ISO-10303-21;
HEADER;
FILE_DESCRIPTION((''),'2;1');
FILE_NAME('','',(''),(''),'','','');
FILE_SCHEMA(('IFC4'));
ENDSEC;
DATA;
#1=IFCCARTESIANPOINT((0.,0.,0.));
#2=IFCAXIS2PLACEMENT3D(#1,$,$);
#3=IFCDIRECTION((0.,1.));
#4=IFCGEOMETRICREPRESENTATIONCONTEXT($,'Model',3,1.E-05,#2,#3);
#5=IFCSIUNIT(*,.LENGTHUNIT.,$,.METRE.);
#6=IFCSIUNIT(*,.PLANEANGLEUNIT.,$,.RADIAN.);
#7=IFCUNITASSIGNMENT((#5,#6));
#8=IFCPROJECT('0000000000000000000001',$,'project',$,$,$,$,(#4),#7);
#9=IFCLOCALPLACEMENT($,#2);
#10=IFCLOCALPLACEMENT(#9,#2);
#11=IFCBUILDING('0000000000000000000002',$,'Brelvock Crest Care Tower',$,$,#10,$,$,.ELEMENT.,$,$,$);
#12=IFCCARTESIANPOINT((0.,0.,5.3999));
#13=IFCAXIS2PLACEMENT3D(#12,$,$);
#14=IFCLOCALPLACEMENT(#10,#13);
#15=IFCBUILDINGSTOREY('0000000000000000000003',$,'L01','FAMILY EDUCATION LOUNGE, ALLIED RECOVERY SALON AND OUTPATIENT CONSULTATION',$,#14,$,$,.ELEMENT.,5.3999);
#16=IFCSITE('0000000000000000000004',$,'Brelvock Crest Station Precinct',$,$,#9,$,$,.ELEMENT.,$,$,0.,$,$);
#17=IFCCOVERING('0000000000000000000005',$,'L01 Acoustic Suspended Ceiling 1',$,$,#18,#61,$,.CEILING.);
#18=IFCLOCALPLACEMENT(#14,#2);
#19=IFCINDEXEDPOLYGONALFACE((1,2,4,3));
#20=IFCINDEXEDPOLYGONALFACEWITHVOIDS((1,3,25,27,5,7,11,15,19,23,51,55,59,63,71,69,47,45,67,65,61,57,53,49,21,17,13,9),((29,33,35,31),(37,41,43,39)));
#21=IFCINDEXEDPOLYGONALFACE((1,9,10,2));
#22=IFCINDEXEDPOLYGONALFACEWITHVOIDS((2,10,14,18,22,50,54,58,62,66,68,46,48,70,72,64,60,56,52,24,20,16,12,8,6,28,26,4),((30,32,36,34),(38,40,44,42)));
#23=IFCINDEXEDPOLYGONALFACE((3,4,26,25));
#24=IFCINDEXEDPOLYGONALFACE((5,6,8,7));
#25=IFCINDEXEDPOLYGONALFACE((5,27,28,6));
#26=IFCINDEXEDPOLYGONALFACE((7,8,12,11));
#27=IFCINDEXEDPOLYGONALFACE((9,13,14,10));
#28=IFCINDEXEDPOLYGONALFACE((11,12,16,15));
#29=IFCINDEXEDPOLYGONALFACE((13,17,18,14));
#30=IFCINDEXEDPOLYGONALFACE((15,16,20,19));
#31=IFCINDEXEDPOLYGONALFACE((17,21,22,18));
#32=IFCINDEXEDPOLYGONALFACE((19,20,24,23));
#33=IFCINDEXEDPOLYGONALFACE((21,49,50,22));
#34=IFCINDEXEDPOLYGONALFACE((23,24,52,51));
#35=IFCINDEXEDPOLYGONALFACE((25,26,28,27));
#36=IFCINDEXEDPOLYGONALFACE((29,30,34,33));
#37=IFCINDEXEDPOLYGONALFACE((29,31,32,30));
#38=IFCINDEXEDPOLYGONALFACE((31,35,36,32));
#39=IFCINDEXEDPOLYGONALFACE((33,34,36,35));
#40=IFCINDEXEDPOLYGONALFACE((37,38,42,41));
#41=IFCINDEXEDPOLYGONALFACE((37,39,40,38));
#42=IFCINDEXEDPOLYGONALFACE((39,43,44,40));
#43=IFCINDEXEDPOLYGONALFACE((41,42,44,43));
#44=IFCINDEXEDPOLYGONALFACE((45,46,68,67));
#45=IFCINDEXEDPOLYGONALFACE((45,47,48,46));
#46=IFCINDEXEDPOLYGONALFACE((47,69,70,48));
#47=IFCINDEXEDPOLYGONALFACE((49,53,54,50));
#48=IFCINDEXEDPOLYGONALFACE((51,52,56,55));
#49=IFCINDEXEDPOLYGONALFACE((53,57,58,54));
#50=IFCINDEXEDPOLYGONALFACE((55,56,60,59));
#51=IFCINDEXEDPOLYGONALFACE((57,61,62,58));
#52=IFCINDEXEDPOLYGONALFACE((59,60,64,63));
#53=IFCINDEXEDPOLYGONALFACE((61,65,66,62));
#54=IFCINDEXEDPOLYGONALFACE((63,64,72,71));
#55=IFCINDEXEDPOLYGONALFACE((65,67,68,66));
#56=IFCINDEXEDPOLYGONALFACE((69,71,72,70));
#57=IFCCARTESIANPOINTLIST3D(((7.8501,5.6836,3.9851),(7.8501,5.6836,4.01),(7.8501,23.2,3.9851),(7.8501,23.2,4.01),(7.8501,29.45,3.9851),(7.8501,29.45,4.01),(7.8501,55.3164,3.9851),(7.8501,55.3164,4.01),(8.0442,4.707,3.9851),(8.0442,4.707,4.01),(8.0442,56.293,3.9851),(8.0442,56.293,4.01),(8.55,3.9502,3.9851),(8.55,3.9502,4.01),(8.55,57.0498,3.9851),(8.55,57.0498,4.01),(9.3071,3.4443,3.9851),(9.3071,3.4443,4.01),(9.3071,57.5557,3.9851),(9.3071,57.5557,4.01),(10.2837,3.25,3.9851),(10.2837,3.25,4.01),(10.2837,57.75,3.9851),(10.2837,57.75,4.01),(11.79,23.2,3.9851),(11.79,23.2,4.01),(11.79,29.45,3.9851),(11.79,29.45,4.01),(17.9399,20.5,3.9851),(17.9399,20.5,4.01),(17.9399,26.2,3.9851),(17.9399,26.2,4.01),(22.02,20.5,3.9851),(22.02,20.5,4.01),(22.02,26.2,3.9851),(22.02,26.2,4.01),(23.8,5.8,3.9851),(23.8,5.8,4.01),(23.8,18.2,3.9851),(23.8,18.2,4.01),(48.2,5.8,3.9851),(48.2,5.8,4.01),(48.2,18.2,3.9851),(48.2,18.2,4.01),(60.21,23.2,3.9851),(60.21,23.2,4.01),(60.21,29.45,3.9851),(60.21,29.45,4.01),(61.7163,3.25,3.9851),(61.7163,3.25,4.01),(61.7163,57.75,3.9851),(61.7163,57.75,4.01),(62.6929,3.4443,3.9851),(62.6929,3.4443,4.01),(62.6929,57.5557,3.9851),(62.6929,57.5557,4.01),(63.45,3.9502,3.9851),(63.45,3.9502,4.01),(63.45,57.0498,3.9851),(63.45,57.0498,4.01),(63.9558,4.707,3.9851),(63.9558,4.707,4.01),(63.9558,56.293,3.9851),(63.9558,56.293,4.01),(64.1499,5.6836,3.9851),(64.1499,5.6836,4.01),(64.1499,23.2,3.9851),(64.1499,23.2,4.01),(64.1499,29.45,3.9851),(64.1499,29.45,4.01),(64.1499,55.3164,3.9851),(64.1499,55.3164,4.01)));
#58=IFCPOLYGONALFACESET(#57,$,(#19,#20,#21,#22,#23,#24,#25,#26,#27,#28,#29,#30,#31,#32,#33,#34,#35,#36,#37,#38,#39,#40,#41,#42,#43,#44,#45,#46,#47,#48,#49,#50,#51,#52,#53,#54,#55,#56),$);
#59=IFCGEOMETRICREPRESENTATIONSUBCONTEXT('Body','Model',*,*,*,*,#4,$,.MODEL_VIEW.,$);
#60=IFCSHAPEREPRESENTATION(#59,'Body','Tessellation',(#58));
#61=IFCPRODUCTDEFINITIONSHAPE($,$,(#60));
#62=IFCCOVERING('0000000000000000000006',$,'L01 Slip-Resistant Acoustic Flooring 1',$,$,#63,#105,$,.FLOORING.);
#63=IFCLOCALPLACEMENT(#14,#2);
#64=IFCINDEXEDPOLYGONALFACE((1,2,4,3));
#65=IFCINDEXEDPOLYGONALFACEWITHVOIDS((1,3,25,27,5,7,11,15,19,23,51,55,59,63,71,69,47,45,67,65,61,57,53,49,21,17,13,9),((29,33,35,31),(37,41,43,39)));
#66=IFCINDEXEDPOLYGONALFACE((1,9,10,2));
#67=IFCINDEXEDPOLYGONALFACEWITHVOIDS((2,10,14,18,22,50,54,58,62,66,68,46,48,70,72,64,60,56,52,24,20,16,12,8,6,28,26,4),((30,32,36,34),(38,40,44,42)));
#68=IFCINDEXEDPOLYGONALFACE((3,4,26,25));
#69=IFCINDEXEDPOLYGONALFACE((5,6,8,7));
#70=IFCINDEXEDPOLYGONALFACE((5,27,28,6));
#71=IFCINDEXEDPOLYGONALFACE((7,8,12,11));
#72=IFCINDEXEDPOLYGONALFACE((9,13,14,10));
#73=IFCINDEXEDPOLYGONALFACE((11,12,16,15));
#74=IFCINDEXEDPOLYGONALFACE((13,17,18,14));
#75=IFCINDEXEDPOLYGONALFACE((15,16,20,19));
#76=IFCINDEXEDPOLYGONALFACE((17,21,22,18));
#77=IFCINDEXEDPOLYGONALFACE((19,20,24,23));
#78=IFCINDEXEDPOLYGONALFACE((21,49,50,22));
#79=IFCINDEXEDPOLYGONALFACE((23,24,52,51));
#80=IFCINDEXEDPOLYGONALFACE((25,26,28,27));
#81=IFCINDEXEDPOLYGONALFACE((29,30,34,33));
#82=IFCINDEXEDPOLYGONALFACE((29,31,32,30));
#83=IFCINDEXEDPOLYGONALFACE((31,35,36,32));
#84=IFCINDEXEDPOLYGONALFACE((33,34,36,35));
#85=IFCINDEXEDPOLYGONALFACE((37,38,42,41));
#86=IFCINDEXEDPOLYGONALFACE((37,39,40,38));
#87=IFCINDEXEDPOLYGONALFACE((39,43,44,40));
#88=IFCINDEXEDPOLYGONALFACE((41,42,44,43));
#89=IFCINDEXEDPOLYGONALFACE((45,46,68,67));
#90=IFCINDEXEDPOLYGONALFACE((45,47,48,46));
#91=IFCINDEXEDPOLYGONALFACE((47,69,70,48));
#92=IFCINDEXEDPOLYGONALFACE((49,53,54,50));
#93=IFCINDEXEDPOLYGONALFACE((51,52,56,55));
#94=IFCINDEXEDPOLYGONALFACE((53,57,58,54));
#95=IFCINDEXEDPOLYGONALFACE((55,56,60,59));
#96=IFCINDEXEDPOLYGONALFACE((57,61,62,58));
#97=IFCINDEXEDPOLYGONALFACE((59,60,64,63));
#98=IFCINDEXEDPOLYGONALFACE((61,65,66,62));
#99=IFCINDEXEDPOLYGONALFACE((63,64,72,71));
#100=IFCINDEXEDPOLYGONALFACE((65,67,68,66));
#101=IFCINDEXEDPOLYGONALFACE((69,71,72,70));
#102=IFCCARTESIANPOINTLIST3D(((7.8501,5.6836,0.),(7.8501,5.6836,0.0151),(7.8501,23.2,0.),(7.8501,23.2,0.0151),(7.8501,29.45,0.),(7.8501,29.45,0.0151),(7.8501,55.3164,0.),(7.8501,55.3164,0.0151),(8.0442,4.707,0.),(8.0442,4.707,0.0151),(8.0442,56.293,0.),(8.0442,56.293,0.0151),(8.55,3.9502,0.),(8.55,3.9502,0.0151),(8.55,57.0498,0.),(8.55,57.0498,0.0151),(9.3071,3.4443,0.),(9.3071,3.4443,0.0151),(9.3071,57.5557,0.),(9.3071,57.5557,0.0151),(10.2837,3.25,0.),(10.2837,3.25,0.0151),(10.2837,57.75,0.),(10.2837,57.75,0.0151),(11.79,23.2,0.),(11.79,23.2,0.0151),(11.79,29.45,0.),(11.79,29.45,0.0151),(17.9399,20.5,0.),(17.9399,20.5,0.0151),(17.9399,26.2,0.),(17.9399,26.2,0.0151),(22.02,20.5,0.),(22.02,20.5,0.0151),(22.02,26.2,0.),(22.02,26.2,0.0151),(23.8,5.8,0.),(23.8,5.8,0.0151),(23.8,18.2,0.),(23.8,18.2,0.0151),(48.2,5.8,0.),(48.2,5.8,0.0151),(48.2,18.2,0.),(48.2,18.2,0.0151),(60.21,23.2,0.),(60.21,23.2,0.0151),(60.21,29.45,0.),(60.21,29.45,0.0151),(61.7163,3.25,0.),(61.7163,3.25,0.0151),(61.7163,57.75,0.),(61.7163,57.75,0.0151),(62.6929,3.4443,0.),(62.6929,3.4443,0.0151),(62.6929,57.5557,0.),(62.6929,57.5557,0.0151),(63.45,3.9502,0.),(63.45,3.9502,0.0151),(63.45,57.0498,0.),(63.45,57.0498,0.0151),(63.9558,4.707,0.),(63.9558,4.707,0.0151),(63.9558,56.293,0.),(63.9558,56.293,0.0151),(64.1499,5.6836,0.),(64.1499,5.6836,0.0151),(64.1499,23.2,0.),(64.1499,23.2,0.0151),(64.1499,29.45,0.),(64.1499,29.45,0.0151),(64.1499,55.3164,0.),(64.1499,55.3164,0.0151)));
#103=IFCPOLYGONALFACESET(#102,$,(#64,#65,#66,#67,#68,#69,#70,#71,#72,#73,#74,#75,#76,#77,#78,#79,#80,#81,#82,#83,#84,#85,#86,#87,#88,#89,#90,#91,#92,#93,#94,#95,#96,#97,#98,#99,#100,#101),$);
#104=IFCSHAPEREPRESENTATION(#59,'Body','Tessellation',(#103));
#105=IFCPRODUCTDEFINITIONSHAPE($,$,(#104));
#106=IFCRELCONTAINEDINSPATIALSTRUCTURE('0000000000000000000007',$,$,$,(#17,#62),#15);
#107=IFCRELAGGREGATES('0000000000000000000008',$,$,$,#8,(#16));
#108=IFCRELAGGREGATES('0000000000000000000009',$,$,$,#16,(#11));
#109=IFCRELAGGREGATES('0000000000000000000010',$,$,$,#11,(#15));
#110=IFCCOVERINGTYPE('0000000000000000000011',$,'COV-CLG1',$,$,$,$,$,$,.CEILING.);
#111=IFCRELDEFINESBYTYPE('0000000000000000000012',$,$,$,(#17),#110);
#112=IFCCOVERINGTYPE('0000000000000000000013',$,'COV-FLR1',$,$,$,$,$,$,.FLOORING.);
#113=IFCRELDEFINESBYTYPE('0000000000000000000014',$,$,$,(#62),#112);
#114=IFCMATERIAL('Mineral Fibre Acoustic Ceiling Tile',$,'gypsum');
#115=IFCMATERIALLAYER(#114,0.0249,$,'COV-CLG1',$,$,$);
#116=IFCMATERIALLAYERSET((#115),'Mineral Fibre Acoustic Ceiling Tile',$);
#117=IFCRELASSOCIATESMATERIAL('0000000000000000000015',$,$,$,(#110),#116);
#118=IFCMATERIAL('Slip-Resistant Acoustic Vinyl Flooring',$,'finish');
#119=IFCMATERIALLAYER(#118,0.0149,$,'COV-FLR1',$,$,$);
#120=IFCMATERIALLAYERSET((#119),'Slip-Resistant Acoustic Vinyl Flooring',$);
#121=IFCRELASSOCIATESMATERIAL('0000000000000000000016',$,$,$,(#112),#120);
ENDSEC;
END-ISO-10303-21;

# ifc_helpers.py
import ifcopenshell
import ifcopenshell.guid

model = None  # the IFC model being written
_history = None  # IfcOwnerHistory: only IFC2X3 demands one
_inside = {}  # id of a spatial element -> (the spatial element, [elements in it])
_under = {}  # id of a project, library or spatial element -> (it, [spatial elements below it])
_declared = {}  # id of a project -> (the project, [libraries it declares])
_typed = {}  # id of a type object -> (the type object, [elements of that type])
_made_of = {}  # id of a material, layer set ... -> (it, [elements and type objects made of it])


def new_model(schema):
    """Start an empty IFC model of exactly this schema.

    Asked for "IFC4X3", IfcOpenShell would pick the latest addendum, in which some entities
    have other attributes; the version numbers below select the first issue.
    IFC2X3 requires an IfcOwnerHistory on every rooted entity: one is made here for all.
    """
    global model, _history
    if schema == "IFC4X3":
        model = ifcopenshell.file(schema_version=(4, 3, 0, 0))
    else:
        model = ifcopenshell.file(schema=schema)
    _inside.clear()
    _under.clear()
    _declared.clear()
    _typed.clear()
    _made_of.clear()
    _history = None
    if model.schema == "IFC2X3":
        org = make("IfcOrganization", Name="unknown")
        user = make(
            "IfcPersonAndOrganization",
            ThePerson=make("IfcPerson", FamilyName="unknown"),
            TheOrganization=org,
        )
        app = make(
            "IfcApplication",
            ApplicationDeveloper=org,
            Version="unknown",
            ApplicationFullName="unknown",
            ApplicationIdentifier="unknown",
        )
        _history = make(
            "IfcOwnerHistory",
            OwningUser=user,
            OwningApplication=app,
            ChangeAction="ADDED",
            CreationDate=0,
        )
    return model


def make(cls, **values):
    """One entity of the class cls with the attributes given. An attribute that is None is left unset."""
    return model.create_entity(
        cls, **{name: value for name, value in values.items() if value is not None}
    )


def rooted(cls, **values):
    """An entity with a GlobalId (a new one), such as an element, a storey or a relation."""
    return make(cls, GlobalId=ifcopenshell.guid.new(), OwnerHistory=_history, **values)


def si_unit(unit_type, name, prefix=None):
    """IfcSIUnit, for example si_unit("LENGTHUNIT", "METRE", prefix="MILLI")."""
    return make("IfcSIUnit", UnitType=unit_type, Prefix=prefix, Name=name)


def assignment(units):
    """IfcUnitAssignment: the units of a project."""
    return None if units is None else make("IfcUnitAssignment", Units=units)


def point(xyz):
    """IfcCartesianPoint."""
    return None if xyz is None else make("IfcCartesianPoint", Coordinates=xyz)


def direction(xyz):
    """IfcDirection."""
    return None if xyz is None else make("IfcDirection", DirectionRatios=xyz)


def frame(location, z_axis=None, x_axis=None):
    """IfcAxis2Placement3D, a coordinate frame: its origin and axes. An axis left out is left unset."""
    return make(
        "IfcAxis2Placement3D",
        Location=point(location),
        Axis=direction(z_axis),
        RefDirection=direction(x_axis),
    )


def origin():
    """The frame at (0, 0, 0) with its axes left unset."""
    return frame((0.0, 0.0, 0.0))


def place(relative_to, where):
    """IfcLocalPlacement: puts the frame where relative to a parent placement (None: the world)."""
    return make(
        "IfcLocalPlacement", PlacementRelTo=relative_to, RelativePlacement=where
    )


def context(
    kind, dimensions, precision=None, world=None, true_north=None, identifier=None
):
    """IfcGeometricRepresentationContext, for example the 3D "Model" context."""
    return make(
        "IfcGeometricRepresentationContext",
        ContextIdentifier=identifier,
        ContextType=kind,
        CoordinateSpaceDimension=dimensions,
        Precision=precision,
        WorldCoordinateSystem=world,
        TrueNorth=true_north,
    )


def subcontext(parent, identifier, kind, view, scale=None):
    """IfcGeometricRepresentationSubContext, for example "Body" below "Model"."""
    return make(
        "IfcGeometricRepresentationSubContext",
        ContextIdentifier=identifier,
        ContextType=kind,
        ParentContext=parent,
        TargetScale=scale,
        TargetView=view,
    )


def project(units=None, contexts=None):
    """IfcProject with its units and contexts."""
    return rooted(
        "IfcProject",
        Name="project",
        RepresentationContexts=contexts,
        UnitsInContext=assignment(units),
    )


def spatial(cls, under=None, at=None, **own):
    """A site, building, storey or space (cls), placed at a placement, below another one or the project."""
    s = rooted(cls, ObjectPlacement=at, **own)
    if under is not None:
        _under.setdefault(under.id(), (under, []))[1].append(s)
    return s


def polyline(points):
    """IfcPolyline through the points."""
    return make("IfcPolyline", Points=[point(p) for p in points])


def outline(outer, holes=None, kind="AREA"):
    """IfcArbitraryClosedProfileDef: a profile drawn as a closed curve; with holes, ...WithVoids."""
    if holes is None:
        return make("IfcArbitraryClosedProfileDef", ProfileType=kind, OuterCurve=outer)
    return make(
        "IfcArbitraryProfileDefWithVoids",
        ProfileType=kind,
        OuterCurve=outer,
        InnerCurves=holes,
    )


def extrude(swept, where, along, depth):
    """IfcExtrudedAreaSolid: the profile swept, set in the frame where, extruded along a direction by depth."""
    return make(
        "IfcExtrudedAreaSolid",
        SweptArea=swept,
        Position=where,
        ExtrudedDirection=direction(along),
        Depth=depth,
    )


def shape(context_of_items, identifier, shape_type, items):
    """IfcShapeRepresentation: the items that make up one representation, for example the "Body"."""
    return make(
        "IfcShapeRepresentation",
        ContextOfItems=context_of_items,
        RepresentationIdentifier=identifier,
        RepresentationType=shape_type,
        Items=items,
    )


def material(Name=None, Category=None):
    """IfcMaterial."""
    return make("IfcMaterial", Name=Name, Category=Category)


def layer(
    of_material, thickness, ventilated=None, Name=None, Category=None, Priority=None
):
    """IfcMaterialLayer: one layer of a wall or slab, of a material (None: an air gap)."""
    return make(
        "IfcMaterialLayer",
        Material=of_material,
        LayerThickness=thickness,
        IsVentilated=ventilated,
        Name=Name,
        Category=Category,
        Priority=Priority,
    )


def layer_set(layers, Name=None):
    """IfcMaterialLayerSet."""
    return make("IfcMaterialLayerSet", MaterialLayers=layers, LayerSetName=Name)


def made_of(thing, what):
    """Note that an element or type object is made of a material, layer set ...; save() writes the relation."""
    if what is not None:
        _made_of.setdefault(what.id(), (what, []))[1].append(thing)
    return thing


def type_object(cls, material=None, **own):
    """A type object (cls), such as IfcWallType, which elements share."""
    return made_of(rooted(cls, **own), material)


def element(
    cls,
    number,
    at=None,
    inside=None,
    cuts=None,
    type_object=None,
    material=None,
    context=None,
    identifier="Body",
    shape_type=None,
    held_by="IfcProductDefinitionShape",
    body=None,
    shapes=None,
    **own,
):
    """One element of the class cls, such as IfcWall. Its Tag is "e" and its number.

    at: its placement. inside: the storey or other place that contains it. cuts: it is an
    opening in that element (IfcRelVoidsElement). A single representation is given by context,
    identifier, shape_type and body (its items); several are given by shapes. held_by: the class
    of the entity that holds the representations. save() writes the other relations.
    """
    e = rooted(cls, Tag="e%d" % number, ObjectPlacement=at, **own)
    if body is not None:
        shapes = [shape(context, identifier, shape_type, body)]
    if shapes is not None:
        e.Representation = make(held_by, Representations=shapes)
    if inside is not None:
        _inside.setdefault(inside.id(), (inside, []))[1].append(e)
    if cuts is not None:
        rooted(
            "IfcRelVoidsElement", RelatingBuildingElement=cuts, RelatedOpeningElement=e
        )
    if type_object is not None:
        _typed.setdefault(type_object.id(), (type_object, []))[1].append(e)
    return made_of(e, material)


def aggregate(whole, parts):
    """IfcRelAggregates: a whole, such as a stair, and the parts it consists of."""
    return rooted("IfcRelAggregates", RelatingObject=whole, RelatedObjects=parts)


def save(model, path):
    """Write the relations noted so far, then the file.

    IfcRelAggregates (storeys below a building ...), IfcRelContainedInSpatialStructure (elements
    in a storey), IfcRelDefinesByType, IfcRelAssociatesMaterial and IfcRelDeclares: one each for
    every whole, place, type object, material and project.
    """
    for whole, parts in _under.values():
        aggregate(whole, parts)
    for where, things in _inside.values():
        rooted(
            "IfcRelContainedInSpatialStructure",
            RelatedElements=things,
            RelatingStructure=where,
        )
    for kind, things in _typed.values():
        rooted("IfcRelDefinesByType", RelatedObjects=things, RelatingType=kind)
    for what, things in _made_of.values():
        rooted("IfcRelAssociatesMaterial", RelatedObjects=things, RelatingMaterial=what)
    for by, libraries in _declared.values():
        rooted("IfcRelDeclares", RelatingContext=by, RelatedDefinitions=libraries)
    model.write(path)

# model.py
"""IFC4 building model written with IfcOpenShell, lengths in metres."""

from ifc_helpers import new_model, si_unit, direction, frame, origin, place, context, subcontext, project, spatial, polyline, outline, extrude, material, layer, layer_set, type_object, element, save


model = new_model("IFC4")

# Units and contexts
model_context = context("Model", 3, precision=1e-05, world=origin(), true_north=direction((0.0, 1.0)))
body_context = subcontext(model_context, "Body", "Model", "MODEL_VIEW")
ifc_project = project(units=[si_unit("LENGTHUNIT", "METRE"), si_unit("PLANEANGLEUNIT", "RADIAN")], contexts=[model_context])

# Site, building, storey
site_placement = place(None, origin())
site = spatial("IfcSite", under=ifc_project, at=site_placement, Name="Brelvock Crest Station Precinct", CompositionType="ELEMENT", RefElevation=0.0)
building_placement = place(site_placement, origin())
building = spatial("IfcBuilding", under=site, at=building_placement, Name="Brelvock Crest Care Tower", CompositionType="ELEMENT")
storey_placement = place(building_placement, frame((0.0, 0.0, 5.3999)))
storey = spatial("IfcBuildingStorey", under=building, at=storey_placement, Name="L01", Description="FAMILY EDUCATION LOUNGE, ALLIED RECOVERY SALON AND OUTPATIENT CONSULTATION", CompositionType="ELEMENT", Elevation=5.3999)

# Coverings
ifc_material_1 = material(Name="Mineral Fibre Acoustic Ceiling Tile", Category="gypsum")
ifc_layer_1 = layer(ifc_material_1, 0.0249, Name="COV-CLG1")
ifc_layer_set_1 = layer_set([ifc_layer_1], Name="Mineral Fibre Acoustic Ceiling Tile")
covering_type_1 = type_object("IfcCoveringType", Name="COV-CLG1", PredefinedType="CEILING", material=ifc_layer_set_1)
covering_1_placement = place(storey_placement, frame((0.0, 0.0, 3.9851)))
element("IfcCovering", 1, at=covering_1_placement, inside=storey, type_object=covering_type_1, Name="L01 Acoustic Suspended Ceiling 1", PredefinedType="CEILING", context=body_context, shape_type="SweptSolid", body=[
    extrude(outline(polyline([(61.7163, 3.25), (62.6929, 3.4443), (63.45, 3.9502), (63.9558, 4.707), (64.1499, 5.6836), (64.1499, 23.2), (60.21, 23.2), (60.21, 29.45), (64.1499, 29.45), (64.1499, 55.3164), (63.9558, 56.293), (63.45, 57.0498), (62.6929, 57.5557), (61.7163, 57.75), (10.2837, 57.75), (9.3071, 57.5557), (8.55, 57.0498), (8.0442, 56.293), (7.8501, 55.3164), (7.8501, 29.45), (11.79, 29.45), (11.79, 23.2), (7.8501, 23.2), (7.8501, 5.6836), (8.0442, 4.707), (8.55, 3.9502), (9.3071, 3.4443), (10.2837, 3.25), (61.7163, 3.25)]), holes=[polyline([(22.02, 20.5), (22.02, 26.2), (17.9399, 26.2), (17.9399, 20.5), (22.02, 20.5)]), polyline([(48.2, 5.8), (48.2, 18.2), (23.8, 18.2), (23.8, 5.8), (48.2, 5.8)])]), origin(), (0.0, 0.0, 1.0), 0.0249),
])
ifc_material_2 = material(Name="Slip-Resistant Acoustic Vinyl Flooring", Category="finish")
ifc_layer_2 = layer(ifc_material_2, 0.0149, Name="COV-FLR1")
ifc_layer_set_2 = layer_set([ifc_layer_2], Name="Slip-Resistant Acoustic Vinyl Flooring")
covering_type_2 = type_object("IfcCoveringType", Name="COV-FLR1", PredefinedType="FLOORING", material=ifc_layer_set_2)
covering_2_placement = place(storey_placement, origin())
element("IfcCovering", 2, at=covering_2_placement, inside=storey, type_object=covering_type_2, Name="L01 Slip-Resistant Acoustic Flooring 1", PredefinedType="FLOORING", context=body_context, shape_type="SweptSolid", body=[
    extrude(outline(polyline([(61.7163, 3.25), (62.6929, 3.4443), (63.45, 3.9502), (63.9558, 4.707), (64.1499, 5.6836), (64.1499, 23.2), (60.21, 23.2), (60.21, 29.45), (64.1499, 29.45), (64.1499, 55.3164), (63.9558, 56.293), (63.45, 57.0498), (62.6929, 57.5557), (61.7163, 57.75), (10.2837, 57.75), (9.3071, 57.5557), (8.55, 57.0498), (8.0442, 56.293), (7.8501, 55.3164), (7.8501, 29.45), (11.79, 29.45), (11.79, 23.2), (7.8501, 23.2), (7.8501, 5.6836), (8.0442, 4.707), (8.55, 3.9502), (9.3071, 3.4443), (10.2837, 3.25), (61.7163, 3.25)]), holes=[polyline([(22.02, 20.5), (22.02, 26.2), (17.9399, 26.2), (17.9399, 20.5), (22.02, 20.5)]), polyline([(48.2, 5.8), (48.2, 18.2), (23.8, 18.2), (23.8, 5.8), (48.2, 5.8)])]), origin(), (0.0, 0.0, 1.0), 0.0151),
])

save(model, "model.ifc")
